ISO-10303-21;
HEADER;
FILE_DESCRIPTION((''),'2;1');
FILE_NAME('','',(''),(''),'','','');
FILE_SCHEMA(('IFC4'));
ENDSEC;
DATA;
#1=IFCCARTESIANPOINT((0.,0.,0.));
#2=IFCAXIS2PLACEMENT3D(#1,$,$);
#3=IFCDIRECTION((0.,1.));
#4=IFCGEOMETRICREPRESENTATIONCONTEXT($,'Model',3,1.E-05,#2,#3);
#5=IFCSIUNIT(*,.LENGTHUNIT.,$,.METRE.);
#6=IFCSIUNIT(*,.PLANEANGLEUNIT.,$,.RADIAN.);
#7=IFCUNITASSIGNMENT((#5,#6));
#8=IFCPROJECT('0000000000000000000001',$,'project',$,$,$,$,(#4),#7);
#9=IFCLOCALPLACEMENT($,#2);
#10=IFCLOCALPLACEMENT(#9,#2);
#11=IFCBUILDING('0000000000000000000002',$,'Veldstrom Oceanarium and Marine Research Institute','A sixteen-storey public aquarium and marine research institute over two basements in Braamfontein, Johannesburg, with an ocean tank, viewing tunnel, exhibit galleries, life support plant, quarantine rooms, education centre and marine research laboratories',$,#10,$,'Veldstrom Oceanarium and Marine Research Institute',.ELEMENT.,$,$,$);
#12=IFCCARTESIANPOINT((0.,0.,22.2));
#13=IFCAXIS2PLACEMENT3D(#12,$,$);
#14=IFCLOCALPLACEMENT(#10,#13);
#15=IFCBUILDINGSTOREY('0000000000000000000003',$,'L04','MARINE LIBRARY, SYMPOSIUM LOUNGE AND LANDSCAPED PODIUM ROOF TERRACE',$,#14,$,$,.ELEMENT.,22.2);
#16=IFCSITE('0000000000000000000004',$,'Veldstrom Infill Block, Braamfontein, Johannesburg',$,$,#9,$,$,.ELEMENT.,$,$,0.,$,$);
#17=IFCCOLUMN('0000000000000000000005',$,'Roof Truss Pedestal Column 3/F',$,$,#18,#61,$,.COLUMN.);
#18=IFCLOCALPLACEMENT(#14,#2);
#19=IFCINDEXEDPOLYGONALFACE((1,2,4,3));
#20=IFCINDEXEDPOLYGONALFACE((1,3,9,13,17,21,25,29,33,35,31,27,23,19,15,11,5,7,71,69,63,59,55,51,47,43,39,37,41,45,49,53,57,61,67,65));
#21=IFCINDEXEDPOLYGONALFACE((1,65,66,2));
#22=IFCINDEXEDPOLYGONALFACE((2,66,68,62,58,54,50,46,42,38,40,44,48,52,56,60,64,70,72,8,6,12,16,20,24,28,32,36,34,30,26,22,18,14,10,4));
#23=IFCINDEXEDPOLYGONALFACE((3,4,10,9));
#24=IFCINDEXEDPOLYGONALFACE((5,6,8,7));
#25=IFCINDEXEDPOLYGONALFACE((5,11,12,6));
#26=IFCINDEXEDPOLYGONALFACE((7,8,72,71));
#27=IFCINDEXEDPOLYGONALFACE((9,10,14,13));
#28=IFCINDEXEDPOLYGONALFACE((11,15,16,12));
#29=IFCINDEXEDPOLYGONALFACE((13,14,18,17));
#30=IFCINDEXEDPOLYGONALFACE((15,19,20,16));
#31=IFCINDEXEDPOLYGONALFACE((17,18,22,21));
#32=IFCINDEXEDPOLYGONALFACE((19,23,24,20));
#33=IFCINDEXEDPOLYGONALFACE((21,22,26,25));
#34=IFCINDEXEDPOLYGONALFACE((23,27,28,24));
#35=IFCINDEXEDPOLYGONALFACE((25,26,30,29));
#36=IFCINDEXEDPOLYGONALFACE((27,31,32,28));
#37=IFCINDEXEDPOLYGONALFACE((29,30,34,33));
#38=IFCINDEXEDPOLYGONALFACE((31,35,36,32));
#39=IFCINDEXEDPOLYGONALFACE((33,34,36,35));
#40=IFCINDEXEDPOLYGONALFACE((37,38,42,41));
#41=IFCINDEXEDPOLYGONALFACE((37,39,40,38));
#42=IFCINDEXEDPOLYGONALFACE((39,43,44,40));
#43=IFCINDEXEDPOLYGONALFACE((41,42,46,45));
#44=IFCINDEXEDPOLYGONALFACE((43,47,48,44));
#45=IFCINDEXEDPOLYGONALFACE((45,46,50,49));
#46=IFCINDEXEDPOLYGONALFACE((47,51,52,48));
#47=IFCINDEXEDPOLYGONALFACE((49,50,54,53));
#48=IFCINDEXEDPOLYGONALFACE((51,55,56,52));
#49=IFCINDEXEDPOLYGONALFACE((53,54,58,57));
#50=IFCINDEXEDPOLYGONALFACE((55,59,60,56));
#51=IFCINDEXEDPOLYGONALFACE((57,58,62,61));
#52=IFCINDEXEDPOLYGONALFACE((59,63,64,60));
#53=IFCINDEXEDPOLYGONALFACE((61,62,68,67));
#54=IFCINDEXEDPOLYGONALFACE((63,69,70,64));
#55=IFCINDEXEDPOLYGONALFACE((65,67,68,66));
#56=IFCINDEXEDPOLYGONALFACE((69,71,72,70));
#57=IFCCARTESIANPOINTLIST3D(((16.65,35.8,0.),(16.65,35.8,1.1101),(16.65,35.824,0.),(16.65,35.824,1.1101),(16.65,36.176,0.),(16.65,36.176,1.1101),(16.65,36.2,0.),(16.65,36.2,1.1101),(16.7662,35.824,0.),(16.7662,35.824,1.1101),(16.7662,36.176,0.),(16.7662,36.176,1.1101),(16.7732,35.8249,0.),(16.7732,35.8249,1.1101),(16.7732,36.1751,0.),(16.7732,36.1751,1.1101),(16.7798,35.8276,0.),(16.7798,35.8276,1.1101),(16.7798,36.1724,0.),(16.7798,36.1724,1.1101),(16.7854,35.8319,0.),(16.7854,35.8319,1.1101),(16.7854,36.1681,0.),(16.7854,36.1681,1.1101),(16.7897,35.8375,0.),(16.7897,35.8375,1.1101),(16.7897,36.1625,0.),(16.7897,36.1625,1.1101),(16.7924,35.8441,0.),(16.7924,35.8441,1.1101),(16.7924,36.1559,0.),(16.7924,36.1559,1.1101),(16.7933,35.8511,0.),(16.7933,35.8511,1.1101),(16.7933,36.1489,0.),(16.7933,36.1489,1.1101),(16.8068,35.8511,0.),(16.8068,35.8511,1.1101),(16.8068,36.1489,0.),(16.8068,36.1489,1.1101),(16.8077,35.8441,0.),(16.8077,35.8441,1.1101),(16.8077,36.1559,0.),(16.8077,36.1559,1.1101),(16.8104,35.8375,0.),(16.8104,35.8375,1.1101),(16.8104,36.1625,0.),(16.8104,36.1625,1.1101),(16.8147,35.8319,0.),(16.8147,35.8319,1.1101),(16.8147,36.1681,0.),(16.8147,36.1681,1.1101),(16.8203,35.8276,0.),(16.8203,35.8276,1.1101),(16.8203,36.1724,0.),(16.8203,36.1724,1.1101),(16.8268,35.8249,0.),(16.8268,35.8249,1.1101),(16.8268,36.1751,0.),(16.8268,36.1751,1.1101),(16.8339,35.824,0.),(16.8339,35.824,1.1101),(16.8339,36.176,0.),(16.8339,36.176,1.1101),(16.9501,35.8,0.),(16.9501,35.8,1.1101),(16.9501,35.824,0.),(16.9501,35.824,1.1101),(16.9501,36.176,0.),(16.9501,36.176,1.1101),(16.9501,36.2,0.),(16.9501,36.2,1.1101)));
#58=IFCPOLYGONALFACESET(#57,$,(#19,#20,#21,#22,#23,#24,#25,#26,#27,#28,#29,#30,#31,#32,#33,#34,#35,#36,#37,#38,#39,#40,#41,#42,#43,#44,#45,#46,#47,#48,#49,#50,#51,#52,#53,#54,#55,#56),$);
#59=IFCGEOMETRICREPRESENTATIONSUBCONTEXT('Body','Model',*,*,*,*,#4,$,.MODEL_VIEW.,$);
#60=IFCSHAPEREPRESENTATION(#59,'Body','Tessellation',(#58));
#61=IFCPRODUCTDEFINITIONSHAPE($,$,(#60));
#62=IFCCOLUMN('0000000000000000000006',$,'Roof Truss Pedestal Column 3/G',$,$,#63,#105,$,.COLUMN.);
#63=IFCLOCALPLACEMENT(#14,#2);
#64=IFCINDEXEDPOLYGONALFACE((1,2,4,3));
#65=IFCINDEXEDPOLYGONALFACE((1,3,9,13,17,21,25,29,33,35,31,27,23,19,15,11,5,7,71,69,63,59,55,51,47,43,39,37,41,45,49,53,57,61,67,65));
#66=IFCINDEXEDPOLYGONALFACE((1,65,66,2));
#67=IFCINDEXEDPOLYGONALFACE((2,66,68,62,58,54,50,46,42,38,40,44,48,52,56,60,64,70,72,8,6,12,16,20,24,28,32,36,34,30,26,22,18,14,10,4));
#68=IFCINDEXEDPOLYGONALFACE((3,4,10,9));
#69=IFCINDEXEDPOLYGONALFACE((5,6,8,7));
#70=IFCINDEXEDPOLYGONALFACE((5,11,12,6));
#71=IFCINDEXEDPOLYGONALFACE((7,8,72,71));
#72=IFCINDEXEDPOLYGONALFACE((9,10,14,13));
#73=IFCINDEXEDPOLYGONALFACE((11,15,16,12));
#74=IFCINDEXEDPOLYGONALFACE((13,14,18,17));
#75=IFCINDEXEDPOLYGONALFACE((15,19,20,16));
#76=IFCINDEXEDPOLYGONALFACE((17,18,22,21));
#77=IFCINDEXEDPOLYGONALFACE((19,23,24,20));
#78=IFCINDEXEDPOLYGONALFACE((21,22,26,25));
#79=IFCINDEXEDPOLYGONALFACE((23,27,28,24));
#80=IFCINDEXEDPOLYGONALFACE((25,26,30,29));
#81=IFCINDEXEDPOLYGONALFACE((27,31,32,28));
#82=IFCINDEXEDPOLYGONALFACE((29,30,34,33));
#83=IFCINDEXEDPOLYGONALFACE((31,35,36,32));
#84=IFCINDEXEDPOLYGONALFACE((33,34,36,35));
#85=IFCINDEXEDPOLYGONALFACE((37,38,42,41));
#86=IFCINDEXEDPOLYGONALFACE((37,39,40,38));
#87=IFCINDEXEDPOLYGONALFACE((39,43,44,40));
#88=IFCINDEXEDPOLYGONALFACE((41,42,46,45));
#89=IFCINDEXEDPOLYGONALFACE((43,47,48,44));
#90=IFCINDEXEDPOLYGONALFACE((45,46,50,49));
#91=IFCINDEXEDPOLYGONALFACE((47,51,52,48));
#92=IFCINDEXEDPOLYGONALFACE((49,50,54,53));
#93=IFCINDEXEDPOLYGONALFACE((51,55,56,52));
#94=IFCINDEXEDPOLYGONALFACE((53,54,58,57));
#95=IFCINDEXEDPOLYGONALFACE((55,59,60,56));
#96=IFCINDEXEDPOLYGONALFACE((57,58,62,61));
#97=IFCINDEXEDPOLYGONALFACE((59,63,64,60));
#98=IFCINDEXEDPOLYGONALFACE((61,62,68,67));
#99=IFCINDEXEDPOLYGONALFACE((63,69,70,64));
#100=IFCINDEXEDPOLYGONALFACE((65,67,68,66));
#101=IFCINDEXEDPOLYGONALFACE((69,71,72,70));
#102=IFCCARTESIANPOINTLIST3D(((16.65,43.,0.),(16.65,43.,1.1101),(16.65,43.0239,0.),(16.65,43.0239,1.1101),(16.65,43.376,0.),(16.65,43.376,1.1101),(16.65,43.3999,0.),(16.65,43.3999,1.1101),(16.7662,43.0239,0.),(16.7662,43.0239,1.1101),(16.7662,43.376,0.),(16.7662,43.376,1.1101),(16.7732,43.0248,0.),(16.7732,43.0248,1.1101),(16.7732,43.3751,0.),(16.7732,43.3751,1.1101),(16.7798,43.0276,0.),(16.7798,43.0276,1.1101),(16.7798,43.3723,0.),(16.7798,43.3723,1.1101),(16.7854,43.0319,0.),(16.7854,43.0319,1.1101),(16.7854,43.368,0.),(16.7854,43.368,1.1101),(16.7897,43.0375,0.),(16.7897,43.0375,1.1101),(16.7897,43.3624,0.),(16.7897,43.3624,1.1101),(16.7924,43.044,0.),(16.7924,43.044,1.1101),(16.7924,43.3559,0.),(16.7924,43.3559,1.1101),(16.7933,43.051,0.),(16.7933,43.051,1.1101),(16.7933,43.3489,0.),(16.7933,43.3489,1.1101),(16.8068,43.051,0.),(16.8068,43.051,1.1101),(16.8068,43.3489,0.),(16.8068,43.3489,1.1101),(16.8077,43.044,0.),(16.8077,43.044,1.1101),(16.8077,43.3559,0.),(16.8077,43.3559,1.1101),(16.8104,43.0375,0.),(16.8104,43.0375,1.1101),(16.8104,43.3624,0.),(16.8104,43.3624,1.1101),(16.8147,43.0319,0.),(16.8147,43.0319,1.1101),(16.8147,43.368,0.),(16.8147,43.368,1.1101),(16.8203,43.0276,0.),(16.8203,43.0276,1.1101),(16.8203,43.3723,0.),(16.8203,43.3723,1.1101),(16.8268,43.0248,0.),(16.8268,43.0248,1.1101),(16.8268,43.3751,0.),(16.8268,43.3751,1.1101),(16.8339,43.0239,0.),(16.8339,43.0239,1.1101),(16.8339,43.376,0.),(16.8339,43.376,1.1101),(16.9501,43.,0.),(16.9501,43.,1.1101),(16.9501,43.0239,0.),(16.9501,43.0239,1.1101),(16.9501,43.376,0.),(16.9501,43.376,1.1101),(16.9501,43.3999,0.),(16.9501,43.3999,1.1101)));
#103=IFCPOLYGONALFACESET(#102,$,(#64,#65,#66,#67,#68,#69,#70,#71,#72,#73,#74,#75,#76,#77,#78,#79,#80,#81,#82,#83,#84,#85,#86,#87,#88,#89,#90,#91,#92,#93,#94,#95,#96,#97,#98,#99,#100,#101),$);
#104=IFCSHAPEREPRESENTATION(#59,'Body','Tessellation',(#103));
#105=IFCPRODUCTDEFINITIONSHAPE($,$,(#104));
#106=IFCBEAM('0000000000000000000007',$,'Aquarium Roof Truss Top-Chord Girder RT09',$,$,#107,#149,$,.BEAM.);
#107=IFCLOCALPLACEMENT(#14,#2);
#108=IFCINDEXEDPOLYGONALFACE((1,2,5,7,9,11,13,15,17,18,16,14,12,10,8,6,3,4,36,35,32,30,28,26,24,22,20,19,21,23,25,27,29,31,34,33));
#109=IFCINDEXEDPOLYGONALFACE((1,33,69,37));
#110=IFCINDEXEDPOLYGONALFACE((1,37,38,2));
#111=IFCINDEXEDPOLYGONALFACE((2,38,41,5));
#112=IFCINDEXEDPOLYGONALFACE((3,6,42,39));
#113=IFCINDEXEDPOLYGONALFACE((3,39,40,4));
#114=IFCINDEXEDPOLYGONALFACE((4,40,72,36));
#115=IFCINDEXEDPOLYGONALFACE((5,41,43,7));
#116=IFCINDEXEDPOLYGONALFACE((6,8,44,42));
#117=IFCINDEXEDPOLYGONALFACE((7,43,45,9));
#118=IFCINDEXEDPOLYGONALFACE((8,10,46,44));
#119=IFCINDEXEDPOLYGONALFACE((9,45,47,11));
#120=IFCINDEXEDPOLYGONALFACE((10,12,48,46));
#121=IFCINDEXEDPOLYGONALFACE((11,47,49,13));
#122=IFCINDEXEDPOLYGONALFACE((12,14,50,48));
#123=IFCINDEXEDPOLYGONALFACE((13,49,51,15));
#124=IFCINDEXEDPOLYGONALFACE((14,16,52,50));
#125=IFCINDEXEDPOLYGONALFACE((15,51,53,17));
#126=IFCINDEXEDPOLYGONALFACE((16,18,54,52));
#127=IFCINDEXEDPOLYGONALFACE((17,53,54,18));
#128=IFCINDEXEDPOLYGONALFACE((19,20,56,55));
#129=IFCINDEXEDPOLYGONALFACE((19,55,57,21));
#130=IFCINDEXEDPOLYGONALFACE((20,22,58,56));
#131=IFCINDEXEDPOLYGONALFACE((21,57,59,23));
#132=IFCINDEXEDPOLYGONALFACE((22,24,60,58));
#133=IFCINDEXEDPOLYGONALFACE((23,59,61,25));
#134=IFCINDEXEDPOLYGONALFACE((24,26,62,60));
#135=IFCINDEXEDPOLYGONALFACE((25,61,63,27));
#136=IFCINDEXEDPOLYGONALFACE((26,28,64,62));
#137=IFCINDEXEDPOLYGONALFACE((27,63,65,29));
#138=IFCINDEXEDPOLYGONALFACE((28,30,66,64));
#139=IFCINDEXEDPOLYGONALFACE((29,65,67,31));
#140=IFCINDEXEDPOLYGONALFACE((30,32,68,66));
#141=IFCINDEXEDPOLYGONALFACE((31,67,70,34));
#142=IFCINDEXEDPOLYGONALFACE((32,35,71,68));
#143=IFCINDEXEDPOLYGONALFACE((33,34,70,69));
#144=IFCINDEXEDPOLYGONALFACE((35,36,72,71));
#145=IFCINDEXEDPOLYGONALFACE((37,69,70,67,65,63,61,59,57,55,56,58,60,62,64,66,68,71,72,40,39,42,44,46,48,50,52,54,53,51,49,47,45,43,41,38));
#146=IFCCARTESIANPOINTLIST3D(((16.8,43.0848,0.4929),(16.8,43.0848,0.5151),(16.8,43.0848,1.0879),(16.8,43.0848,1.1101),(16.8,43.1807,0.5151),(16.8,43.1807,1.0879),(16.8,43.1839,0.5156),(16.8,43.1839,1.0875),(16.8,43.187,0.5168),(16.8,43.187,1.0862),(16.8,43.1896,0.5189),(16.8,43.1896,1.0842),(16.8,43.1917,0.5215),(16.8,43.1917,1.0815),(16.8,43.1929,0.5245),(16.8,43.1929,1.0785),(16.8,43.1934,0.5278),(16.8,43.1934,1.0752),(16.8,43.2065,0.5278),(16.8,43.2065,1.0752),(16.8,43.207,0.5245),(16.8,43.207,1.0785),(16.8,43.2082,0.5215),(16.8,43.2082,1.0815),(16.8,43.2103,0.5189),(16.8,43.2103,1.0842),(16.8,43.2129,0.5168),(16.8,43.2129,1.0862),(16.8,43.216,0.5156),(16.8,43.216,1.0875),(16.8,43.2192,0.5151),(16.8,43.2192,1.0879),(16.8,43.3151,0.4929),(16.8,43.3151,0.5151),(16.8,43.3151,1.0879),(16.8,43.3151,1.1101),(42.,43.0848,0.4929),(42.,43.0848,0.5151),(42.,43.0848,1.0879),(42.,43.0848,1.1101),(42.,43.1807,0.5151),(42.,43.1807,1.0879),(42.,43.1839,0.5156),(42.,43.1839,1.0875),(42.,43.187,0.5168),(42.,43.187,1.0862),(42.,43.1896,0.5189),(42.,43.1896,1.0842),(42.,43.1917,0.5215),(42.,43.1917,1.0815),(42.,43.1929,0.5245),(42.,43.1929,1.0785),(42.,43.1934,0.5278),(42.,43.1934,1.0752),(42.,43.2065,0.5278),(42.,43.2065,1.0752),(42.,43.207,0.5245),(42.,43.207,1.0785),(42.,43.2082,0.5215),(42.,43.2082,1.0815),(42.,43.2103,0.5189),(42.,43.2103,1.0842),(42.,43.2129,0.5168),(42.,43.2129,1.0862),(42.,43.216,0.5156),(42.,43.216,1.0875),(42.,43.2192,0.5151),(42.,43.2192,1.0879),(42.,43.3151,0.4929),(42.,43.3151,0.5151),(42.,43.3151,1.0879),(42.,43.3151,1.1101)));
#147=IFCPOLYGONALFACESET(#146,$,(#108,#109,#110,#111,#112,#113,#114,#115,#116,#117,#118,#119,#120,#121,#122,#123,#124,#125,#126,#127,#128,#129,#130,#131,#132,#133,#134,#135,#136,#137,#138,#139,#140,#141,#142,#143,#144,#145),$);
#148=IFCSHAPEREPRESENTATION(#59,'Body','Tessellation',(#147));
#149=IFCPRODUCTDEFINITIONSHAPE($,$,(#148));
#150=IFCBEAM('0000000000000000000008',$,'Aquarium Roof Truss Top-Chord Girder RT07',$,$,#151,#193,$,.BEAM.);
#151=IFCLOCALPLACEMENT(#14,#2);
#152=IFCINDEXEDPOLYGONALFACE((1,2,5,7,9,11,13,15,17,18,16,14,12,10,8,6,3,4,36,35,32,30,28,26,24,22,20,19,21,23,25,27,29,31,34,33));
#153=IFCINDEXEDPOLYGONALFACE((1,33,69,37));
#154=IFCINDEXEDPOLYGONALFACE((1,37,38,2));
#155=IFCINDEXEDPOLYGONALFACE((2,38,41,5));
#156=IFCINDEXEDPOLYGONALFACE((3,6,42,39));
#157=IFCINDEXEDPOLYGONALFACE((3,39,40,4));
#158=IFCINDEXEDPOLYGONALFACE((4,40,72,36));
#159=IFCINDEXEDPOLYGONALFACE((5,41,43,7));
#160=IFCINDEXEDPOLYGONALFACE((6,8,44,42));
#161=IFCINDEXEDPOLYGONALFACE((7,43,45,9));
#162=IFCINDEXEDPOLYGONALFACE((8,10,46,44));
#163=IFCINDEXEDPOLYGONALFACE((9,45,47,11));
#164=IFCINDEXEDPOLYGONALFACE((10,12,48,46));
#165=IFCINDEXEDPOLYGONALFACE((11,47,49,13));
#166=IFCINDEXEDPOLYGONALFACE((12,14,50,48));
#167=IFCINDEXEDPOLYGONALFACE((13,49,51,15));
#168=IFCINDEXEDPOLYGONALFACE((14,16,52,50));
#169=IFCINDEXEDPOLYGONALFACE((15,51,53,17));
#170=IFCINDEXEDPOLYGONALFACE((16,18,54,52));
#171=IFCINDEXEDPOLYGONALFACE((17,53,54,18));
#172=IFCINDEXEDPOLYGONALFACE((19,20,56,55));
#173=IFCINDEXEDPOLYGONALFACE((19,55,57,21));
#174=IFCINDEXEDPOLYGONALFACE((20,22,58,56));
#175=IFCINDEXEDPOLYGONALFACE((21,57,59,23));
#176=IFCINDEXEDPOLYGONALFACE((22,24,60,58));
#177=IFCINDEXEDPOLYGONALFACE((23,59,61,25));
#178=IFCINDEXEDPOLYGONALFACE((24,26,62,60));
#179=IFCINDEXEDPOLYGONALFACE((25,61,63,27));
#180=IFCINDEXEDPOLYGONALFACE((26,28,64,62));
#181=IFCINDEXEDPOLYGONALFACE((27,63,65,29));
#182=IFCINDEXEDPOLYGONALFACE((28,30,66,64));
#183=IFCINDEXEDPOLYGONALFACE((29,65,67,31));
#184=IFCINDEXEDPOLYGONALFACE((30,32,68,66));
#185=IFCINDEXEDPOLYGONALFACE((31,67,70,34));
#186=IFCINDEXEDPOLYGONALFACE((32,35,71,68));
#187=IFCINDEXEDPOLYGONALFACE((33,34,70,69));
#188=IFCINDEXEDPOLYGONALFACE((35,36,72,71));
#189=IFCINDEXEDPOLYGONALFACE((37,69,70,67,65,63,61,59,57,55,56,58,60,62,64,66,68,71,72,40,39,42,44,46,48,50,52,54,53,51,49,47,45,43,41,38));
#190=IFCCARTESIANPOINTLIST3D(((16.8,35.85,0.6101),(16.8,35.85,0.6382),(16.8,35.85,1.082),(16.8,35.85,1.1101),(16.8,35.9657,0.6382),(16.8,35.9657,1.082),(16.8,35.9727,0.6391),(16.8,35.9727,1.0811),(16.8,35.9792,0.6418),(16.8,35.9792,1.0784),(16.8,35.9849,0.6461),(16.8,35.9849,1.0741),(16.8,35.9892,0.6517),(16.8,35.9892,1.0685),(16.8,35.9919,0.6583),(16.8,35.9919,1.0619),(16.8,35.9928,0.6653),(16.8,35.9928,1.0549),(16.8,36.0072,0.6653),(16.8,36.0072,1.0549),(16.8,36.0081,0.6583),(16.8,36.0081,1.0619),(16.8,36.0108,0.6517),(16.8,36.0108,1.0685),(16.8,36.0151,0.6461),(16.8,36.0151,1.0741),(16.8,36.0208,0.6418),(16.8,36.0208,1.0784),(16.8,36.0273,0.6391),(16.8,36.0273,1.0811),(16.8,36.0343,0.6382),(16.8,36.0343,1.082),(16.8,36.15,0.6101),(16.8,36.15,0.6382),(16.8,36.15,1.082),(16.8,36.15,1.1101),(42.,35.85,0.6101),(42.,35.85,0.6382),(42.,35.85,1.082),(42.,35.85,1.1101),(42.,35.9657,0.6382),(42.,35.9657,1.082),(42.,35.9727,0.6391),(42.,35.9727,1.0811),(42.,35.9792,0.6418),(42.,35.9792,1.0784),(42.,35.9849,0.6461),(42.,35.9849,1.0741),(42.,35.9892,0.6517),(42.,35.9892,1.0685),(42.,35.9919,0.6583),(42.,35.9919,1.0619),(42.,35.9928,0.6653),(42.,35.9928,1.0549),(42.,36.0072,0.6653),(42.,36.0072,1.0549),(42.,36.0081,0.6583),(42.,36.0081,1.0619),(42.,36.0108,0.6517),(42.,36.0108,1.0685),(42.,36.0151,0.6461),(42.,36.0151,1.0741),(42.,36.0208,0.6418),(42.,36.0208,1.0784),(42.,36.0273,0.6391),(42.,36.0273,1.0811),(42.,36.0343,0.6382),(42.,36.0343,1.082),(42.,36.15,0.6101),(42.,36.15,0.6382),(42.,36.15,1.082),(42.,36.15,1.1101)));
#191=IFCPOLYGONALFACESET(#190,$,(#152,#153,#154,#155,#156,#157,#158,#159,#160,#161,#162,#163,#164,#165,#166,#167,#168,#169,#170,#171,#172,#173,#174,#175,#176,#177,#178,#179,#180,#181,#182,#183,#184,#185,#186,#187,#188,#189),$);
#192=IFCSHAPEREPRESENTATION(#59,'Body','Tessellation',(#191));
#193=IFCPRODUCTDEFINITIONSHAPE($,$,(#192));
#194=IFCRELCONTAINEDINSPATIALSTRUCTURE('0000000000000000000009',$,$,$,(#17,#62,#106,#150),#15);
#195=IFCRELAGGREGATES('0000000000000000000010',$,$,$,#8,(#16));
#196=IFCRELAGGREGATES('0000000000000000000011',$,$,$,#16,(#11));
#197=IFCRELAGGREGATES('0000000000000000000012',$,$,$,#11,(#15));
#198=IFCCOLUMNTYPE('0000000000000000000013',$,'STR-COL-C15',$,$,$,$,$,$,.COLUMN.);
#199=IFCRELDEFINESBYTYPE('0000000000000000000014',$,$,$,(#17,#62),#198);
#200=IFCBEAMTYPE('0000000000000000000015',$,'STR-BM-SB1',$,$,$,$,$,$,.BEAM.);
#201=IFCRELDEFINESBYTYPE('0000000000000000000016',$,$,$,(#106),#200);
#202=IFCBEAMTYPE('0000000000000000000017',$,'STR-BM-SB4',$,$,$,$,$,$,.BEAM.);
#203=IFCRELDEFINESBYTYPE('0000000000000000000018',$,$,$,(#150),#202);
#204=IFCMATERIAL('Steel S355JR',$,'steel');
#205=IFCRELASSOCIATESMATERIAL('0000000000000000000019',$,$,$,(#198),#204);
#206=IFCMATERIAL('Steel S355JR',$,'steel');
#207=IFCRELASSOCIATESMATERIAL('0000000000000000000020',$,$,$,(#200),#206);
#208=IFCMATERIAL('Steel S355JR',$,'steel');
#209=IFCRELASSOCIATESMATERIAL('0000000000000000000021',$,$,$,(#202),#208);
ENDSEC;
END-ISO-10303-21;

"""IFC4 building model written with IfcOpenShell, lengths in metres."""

from ifc_helpers import new_model, si_unit, direction, frame, origin, origin_2d, place, context, subcontext, project, spatial, i_section, extrude, material, material_profile, profile_set, type_object, element, save


model = new_model("IFC4")

# Units and contexts
model_context = context("Model", 3, precision=1e-05, world=origin(), true_north=direction((0.0, 1.0)))
body_context = subcontext(model_context, "Body", "Model", "MODEL_VIEW")
ifc_project = project(units=[si_unit("LENGTHUNIT", "METRE"), si_unit("PLANEANGLEUNIT", "RADIAN")], contexts=[model_context])

# Site, building, storey
site_placement = place(None, origin())
site = spatial("IfcSite", under=ifc_project, at=site_placement, Name="Veldstrom Infill Block, Braamfontein, Johannesburg", CompositionType="ELEMENT", RefElevation=0.0)
building_placement = place(site_placement, origin())
building = spatial("IfcBuilding", under=site, at=building_placement, Name="Veldstrom Oceanarium and Marine Research Institute", Description="A sixteen-storey public aquarium and marine research institute over two basements in Braamfontein, Johannesburg, with an ocean tank, viewing tunnel, exhibit galleries, life support plant, quarantine rooms, education centre and marine research laboratories", LongName="Veldstrom Oceanarium and Marine Research Institute", CompositionType="ELEMENT")
storey_placement = place(building_placement, frame((0.0, 0.0, 22.2)))
storey = spatial("IfcBuildingStorey", under=building, at=storey_placement, Name="L04", Description="MARINE LIBRARY, SYMPOSIUM LOUNGE AND LANDSCAPED PODIUM ROOF TERRACE", CompositionType="ELEMENT", Elevation=22.2)

# Columns
ifc_material_1 = material(Name="Steel S355JR", Category="steel")
ifc_material_profile_1 = material_profile(ifc_material_1, i_section(OverallWidth=0.3, OverallDepth=0.3999, WebThickness=0.0134, FlangeThickness=0.0239, FilletRadius=0.0271, at=origin_2d()), Name="HEB 400")
ifc_profile_set_1 = profile_set([ifc_material_profile_1], Name="Steel S355JR")
column_type = type_object("IfcColumnType", Name="STR-COL-C15", PredefinedType="COLUMN", material=ifc_profile_set_1)
for number, where, z_axis, x_axis, name in (
    (1, (16.8, 36.0, 0.0), (0.0, 0.0, 1.0), (1.0, 0.0, 0.0), "Roof Truss Pedestal Column 3/F"),
    (2, (16.8, 43.2, 0.0), (0.0, 0.0, 1.0), (1.0, 0.0, 0.0), "Roof Truss Pedestal Column 3/G"),
):
    element("IfcColumn", number, at=place(storey_placement, frame(where, z_axis=z_axis, x_axis=x_axis)), inside=storey, type_object=column_type, Name=name, PredefinedType="COLUMN", context=body_context, shape_type="SweptSolid", body=[
        extrude(i_section(OverallWidth=0.3, OverallDepth=0.3999, WebThickness=0.0134, FlangeThickness=0.0239, FilletRadius=0.0271, at=origin_2d()), origin(), (0.0, 0.0, 1.0), 1.1101),
    ])

# Beams
ifc_material_2 = material(Name="Steel S355JR", Category="steel")
ifc_material_profile_2 = material_profile(ifc_material_2, i_section(OverallWidth=0.2302, OverallDepth=0.6172, WebThickness=0.0132, FlangeThickness=0.0222, FilletRadius=0.0127, at=origin_2d()), Name="UB 610x229x140")
ifc_profile_set_2 = profile_set([ifc_material_profile_2], Name="Steel S355JR")
beam_type_1 = type_object("IfcBeamType", Name="STR-BM-SB1", PredefinedType="BEAM", material=ifc_profile_set_2)
beam_1_placement = place(storey_placement, frame((16.8, 43.2, 0.8015), z_axis=(1.0, 0.0, 0.0), x_axis=(0.0, 1.0, 0.0)))
element("IfcBeam", 3, at=beam_1_placement, inside=storey, type_object=beam_type_1, Name="Aquarium Roof Truss Top-Chord Girder RT09", PredefinedType="BEAM", context=body_context, shape_type="SweptSolid", body=[
    extrude(i_section(OverallWidth=0.2302, OverallDepth=0.6172, WebThickness=0.0132, FlangeThickness=0.0222, FilletRadius=0.0127, at=origin_2d()), origin(), (0.0, 0.0, 1.0), 25.2),
])
ifc_material_3 = material(Name="Steel S355JR", Category="steel")
ifc_material_profile_3 = material_profile(ifc_material_3, i_section(OverallWidth=0.3, OverallDepth=0.5, WebThickness=0.0144, FlangeThickness=0.0281, FilletRadius=0.0271, at=origin_2d()), Name="HEB 500")
ifc_profile_set_3 = profile_set([ifc_material_profile_3], Name="Steel S355JR")
beam_type_2 = type_object("IfcBeamType", Name="STR-BM-SB4", PredefinedType="BEAM", material=ifc_profile_set_3)
beam_2_placement = place(storey_placement, frame((16.8, 36.0, 0.8601), z_axis=(1.0, 0.0, 0.0), x_axis=(0.0, 1.0, 0.0)))
element("IfcBeam", 4, at=beam_2_placement, inside=storey, type_object=beam_type_2, Name="Aquarium Roof Truss Top-Chord Girder RT07", PredefinedType="BEAM", context=body_context, shape_type="SweptSolid", body=[
    extrude(i_section(OverallWidth=0.3, OverallDepth=0.5, WebThickness=0.0144, FlangeThickness=0.0281, FilletRadius=0.0271, at=origin_2d()), origin(), (0.0, 0.0, 1.0), 25.2),
])

save(model, "model.ifc")
